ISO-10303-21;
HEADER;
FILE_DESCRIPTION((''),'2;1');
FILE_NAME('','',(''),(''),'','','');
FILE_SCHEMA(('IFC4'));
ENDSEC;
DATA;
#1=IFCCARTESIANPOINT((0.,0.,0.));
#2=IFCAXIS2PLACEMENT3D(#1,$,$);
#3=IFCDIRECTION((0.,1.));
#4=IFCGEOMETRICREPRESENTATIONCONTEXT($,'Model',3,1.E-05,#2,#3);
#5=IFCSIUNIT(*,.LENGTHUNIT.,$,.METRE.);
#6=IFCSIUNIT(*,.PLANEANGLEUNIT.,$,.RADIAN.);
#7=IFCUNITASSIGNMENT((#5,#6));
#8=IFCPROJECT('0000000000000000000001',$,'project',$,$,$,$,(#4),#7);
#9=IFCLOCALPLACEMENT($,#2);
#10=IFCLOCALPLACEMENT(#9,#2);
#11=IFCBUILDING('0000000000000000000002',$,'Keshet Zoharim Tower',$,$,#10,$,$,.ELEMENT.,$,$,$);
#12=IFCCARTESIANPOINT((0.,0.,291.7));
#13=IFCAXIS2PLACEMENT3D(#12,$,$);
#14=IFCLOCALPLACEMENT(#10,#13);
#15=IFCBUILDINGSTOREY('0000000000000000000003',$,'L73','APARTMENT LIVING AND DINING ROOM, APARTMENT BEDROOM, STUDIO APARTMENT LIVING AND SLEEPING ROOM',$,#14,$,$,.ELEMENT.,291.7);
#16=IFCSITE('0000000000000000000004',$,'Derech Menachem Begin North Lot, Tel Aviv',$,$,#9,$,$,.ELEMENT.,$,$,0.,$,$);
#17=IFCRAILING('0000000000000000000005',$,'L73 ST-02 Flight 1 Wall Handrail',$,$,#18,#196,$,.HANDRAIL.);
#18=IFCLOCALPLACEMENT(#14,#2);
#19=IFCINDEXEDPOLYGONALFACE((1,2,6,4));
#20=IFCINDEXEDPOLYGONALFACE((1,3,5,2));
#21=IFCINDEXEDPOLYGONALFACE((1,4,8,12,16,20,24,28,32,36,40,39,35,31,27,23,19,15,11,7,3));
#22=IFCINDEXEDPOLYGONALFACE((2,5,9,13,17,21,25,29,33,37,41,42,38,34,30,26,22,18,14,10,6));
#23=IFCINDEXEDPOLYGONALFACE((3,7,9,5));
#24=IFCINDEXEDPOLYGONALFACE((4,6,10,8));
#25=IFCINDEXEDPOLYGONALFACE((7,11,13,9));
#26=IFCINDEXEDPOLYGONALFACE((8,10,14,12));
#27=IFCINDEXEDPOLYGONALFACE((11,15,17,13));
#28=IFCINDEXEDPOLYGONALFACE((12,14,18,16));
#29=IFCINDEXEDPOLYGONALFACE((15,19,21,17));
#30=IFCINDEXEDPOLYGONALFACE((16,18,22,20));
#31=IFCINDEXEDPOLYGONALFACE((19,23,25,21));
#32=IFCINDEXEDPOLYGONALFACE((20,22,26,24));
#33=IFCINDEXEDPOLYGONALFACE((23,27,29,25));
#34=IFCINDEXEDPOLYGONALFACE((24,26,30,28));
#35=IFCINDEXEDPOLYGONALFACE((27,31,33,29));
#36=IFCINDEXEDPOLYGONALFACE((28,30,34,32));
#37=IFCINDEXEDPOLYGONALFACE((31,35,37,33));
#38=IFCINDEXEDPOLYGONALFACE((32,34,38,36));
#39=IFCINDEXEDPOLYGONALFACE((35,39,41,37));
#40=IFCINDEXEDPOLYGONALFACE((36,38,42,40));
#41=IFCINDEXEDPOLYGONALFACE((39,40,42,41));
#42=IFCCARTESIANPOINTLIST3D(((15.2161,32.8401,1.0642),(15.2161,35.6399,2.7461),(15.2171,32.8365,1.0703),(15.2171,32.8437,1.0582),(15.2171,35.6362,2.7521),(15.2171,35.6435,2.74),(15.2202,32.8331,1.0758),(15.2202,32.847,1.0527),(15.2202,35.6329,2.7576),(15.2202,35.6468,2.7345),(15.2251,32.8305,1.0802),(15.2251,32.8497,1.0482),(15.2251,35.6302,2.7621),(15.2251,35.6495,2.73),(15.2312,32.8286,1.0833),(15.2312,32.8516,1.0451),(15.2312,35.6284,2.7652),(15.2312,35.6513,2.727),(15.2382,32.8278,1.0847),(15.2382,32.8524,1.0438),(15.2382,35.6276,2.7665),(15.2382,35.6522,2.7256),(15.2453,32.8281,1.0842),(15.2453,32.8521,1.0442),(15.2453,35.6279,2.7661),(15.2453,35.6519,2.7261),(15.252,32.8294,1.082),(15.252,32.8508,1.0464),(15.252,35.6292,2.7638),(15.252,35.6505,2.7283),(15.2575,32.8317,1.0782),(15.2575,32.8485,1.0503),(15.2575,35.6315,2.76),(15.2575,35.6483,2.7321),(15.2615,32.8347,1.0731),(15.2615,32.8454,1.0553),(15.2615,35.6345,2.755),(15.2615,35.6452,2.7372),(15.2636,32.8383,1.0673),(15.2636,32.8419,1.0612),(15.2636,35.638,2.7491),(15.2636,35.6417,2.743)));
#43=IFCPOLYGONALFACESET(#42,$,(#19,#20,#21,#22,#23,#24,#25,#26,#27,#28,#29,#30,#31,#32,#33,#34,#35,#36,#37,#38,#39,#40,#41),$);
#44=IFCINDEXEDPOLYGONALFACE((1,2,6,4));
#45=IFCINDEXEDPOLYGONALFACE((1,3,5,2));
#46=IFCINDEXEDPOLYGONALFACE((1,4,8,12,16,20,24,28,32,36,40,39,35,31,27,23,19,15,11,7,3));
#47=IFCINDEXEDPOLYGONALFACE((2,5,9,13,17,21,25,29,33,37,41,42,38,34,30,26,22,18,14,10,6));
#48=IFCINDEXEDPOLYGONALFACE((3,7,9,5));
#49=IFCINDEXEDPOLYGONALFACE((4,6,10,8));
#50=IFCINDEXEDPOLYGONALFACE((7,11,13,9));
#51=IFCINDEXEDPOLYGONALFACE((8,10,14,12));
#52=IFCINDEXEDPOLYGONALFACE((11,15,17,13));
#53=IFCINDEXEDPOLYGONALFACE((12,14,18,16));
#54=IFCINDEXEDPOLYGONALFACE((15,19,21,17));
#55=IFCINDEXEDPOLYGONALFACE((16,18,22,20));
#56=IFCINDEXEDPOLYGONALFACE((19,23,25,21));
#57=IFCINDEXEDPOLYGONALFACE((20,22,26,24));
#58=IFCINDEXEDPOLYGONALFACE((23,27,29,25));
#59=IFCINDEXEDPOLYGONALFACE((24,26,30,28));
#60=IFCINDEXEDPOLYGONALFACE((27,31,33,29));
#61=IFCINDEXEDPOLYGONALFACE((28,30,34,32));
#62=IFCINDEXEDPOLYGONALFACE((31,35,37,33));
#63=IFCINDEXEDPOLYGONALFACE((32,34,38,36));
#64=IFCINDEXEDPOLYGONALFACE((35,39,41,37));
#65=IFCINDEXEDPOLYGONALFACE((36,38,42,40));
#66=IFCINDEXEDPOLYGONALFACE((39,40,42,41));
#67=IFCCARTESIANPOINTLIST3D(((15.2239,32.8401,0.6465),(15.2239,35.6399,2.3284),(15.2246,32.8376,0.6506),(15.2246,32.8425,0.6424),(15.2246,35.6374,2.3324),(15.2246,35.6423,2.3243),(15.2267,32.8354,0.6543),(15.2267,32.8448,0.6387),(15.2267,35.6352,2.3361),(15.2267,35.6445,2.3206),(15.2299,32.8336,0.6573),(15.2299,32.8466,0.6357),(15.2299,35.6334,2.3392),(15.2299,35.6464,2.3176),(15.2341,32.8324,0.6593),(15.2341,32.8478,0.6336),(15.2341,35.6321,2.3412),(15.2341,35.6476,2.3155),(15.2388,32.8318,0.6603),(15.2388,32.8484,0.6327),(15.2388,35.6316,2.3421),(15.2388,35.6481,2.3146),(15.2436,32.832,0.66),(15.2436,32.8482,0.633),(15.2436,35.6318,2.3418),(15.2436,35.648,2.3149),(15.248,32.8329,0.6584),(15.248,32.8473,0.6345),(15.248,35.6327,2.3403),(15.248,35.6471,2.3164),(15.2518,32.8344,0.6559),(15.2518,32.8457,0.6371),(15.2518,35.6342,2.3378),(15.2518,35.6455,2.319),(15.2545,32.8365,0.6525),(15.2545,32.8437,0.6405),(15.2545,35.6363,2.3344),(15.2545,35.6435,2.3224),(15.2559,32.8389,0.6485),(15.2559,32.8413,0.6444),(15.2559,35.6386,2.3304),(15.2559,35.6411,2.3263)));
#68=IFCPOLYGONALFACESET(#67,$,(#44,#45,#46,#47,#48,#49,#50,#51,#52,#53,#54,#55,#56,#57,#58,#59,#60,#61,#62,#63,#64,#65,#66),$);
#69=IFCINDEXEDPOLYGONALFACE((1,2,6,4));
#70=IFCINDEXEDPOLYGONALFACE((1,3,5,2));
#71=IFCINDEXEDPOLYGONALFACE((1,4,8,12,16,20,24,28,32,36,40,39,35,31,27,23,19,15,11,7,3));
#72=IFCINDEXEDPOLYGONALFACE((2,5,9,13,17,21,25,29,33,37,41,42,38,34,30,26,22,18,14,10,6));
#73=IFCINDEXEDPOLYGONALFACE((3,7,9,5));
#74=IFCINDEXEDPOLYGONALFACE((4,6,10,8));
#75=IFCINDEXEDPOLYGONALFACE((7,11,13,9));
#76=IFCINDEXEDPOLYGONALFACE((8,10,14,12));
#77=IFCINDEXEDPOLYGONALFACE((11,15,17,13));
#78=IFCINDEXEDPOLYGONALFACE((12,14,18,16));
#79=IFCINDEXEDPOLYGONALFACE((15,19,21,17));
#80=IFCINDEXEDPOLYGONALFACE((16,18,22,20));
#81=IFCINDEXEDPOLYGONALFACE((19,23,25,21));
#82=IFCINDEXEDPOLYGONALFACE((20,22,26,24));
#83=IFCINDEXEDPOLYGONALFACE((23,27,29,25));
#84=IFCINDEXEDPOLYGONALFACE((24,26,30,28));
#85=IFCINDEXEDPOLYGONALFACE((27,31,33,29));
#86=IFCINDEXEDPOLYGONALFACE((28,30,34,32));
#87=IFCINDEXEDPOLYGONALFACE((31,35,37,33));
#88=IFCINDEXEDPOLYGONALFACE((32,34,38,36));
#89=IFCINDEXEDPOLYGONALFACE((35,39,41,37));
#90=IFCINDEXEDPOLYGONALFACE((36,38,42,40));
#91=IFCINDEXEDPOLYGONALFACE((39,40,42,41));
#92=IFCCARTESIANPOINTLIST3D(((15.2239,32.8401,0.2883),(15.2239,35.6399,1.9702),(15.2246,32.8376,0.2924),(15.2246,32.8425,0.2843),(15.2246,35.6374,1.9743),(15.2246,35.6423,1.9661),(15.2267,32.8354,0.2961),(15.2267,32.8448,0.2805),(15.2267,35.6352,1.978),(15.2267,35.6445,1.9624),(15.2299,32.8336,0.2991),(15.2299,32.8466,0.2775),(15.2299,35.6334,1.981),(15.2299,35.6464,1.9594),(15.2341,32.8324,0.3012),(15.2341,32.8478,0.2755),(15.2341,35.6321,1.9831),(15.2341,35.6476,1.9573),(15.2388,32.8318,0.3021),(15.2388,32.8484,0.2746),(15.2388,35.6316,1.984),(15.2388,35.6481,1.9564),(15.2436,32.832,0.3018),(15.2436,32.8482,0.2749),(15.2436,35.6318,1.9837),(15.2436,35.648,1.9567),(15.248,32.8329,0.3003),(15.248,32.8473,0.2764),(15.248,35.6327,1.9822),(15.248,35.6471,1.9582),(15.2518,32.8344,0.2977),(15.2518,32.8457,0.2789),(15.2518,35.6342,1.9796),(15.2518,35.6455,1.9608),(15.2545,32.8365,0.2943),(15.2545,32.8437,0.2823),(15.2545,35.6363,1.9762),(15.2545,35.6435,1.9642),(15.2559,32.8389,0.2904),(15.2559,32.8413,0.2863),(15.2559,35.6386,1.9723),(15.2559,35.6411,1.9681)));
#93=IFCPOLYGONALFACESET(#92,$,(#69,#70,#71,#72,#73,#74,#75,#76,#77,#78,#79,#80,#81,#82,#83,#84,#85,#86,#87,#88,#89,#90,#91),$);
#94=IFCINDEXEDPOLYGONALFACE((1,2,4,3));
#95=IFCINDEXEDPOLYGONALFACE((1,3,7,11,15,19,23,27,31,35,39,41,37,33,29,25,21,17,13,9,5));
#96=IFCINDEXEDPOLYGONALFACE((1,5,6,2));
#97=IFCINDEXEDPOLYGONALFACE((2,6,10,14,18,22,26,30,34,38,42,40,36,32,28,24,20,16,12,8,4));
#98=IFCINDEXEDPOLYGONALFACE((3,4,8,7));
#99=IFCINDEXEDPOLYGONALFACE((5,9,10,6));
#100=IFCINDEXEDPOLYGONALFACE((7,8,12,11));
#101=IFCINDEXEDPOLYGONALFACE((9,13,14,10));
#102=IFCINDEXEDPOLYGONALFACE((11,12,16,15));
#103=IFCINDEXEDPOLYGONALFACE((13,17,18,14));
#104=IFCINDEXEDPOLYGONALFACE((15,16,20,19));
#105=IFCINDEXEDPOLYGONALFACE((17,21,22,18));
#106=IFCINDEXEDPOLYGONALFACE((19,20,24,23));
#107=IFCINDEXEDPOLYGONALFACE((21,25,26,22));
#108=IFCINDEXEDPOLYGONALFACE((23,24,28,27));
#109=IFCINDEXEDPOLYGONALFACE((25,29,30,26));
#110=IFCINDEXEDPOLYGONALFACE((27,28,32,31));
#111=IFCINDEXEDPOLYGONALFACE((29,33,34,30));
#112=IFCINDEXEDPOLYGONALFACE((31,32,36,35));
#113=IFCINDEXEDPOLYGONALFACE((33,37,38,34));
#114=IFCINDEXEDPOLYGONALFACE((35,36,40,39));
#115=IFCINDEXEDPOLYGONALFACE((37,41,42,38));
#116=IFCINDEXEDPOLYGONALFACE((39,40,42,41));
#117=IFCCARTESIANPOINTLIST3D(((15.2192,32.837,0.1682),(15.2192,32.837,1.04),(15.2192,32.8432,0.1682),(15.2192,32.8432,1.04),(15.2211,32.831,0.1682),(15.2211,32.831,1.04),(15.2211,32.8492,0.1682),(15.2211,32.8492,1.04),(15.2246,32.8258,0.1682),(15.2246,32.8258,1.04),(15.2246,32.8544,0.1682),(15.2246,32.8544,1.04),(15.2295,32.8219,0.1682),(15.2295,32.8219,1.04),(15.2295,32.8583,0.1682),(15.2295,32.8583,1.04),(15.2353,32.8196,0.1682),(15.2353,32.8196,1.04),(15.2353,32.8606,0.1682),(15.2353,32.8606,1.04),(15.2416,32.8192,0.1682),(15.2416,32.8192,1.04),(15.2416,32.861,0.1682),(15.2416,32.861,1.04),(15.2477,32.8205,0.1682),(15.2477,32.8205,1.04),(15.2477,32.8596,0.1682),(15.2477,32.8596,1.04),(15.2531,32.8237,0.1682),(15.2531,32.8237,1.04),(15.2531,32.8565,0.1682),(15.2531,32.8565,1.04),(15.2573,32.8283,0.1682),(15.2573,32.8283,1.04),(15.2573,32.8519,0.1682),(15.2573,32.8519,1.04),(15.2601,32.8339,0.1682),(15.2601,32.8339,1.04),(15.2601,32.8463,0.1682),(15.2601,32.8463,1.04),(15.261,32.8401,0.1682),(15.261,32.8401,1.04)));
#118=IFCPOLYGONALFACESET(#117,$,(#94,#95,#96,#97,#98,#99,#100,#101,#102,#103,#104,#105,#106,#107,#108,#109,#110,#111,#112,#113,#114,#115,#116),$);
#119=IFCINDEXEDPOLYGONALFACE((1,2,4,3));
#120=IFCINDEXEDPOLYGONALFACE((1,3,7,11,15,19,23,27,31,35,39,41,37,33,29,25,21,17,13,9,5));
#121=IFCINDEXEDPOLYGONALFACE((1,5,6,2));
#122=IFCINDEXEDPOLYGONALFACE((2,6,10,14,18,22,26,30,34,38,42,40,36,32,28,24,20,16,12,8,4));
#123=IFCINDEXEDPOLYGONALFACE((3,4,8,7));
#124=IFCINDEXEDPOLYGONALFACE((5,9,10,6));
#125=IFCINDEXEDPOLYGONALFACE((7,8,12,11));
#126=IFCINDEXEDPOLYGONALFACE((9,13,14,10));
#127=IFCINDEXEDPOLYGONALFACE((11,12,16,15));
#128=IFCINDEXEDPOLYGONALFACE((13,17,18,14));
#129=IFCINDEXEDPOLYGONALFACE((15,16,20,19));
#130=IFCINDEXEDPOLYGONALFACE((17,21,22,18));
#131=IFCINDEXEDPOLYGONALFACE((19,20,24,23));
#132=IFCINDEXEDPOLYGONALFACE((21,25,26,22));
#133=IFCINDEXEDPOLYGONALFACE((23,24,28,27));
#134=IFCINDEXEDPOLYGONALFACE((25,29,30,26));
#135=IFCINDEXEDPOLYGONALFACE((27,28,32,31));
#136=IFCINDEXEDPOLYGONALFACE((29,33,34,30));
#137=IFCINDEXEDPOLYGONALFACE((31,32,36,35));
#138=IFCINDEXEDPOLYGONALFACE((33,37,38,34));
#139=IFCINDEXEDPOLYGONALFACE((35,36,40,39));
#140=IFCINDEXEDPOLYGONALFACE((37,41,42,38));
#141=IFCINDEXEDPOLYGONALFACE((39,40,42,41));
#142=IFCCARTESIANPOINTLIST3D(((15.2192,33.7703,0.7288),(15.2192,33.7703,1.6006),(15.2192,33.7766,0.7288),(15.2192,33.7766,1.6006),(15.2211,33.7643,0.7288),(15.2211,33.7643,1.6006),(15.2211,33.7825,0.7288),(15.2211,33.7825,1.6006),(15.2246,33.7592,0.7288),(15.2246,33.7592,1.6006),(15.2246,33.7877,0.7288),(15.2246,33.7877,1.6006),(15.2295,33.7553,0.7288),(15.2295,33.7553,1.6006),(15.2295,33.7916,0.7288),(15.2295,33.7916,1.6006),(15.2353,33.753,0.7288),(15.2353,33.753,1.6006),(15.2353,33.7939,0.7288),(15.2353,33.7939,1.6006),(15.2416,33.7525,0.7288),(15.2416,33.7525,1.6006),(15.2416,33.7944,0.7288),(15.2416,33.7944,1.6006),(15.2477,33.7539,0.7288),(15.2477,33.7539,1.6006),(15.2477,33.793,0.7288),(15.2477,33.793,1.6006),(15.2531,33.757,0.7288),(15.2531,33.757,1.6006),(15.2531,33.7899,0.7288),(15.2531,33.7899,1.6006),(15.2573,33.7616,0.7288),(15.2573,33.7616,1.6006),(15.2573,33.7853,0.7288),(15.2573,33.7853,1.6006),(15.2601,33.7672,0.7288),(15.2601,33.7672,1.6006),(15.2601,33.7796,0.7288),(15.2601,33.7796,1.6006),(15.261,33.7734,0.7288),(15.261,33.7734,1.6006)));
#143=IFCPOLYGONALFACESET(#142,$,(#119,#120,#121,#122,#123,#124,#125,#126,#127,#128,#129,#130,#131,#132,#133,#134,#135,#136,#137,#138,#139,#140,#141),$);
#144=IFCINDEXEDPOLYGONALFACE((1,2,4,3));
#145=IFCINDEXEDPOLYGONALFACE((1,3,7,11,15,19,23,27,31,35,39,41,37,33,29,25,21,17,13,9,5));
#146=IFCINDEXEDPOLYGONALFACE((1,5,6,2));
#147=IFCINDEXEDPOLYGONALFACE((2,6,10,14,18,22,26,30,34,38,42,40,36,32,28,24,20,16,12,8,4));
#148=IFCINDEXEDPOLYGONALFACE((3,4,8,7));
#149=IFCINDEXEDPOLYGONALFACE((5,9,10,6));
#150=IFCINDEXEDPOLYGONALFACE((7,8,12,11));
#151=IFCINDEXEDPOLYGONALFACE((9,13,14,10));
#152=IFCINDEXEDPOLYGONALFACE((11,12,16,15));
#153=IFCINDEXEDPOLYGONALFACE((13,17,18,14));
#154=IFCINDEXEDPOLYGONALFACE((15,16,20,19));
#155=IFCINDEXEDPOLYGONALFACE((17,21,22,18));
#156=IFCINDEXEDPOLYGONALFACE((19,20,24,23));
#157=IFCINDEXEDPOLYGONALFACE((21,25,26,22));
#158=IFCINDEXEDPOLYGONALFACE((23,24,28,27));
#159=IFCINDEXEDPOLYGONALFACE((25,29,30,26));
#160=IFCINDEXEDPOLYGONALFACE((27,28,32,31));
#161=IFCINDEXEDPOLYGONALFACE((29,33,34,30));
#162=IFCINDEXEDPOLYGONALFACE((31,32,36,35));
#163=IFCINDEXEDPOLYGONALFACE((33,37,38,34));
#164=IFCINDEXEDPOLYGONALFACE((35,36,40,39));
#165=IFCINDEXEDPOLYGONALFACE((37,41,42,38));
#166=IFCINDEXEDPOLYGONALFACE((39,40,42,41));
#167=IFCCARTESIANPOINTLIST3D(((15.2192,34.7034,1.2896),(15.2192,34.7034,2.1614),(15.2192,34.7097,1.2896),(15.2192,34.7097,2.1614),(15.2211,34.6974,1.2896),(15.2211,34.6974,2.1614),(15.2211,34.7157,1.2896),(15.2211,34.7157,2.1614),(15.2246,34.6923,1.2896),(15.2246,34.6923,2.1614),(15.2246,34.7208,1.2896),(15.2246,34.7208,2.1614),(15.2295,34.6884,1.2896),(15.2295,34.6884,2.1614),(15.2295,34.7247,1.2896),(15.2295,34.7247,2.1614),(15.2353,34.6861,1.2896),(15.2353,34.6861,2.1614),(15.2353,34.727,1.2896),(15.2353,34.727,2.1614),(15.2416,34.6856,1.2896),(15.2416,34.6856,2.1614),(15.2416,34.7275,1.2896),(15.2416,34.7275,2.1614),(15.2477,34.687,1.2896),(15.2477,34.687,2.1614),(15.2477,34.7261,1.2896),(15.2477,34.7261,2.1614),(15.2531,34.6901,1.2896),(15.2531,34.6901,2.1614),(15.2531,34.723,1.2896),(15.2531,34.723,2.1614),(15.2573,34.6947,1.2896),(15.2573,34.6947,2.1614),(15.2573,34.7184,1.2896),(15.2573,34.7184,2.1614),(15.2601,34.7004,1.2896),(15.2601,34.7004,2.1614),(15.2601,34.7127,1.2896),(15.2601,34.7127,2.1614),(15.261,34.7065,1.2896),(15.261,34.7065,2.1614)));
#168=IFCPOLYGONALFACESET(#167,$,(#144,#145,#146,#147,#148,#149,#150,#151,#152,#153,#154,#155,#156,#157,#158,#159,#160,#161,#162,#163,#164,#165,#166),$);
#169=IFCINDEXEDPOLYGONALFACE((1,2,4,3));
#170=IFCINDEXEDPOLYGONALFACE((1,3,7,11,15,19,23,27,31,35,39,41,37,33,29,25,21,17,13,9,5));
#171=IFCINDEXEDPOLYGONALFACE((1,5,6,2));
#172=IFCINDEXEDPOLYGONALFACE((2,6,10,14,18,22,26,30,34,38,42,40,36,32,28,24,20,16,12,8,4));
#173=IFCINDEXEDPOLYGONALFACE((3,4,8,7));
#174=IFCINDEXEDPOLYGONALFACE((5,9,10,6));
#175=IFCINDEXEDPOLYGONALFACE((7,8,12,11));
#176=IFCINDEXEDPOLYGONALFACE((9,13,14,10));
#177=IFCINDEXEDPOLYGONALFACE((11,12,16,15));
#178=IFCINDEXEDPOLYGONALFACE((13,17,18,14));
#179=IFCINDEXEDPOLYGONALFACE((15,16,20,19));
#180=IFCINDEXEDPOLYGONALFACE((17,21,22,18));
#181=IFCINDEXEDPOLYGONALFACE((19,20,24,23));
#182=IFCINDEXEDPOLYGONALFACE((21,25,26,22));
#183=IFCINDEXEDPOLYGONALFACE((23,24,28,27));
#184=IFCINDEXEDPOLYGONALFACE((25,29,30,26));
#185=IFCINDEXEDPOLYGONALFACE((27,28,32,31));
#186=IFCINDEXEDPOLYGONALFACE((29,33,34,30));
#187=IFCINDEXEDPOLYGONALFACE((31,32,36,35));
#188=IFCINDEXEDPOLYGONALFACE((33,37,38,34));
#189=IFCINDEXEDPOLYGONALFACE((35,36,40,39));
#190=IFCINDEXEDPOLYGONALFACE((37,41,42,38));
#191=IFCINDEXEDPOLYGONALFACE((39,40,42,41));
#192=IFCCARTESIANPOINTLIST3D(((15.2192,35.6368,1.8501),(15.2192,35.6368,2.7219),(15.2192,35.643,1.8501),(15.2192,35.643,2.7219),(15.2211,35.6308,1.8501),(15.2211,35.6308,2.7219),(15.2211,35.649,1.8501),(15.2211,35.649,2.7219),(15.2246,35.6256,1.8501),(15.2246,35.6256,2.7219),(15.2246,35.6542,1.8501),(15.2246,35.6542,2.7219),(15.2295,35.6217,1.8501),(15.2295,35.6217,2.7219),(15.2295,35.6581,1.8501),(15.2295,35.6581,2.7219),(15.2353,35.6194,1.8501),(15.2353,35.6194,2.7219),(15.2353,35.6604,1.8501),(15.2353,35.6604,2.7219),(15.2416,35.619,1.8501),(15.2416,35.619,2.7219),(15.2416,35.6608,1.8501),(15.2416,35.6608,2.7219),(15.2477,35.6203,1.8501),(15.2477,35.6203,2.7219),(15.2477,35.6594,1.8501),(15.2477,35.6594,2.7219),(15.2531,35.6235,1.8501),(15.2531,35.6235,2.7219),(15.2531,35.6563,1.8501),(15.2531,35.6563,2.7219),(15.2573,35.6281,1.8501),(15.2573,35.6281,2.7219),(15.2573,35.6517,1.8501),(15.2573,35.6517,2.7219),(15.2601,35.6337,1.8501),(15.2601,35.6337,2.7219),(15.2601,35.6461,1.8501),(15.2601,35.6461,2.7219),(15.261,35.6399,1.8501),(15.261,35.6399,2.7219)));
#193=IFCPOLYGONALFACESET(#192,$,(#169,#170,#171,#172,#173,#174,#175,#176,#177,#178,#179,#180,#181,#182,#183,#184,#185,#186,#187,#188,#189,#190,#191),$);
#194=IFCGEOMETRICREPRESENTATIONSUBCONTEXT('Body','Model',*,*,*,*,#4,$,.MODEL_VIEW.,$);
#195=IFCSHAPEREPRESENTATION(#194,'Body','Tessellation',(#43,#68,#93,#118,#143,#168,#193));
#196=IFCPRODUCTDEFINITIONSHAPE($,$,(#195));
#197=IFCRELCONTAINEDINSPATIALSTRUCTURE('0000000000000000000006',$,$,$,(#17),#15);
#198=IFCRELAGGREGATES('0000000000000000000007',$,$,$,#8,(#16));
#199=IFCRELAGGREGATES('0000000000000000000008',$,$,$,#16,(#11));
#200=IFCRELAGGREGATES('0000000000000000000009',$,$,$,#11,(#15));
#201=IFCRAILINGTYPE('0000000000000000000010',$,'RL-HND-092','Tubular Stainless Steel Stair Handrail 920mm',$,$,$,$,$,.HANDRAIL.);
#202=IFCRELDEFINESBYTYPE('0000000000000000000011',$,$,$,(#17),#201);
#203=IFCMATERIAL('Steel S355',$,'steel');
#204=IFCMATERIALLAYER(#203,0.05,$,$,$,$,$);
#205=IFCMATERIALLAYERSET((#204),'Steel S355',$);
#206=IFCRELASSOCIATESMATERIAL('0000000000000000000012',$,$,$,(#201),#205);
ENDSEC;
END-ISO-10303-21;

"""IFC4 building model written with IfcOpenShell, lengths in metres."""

from ifc_helpers import new_model, si_unit, direction, frame, origin, origin_2d, place, context, subcontext, project, spatial, circle, extrude, material, layer, layer_set, type_object, element, save


model = new_model("IFC4")

# Units and contexts
model_context = context("Model", 3, precision=1e-05, world=origin(), true_north=direction((0.0, 1.0)))
body_context = subcontext(model_context, "Body", "Model", "MODEL_VIEW")
ifc_project = project(units=[si_unit("LENGTHUNIT", "METRE"), si_unit("PLANEANGLEUNIT", "RADIAN")], contexts=[model_context])

# Site, building, storey
site_placement = place(None, origin())
site = spatial("IfcSite", under=ifc_project, at=site_placement, Name="Derech Menachem Begin North Lot, Tel Aviv", CompositionType="ELEMENT", RefElevation=0.0)
building_placement = place(site_placement, origin())
building = spatial("IfcBuilding", under=site, at=building_placement, Name="Keshet Zoharim Tower", CompositionType="ELEMENT")
storey_placement = place(building_placement, frame((0.0, 0.0, 291.7)))
storey = spatial("IfcBuildingStorey", under=building, at=storey_placement, Name="L73", Description="APARTMENT LIVING AND DINING ROOM, APARTMENT BEDROOM, STUDIO APARTMENT LIVING AND SLEEPING ROOM", CompositionType="ELEMENT", Elevation=291.7)

# Shared definitions
ifc_material_1 = material(Name="Steel S355", Category="steel")

# Railing
ifc_layer_1 = layer(ifc_material_1, 0.05)
ifc_layer_set_1 = layer_set([ifc_layer_1], Name="Steel S355")
railing_type = type_object("IfcRailingType", Name="RL-HND-092", Description="Tubular Stainless Steel Stair Handrail 920mm", PredefinedType="HANDRAIL", material=ifc_layer_set_1)
railing_placement = place(storey_placement, frame((15.24, 32.8401, 0.1682)))
element("IfcRailing", 1, at=railing_placement, inside=storey, type_object=railing_type, Name="L73 ST-02 Flight 1 Wall Handrail", PredefinedType="HANDRAIL", context=body_context, shape_type="SweptSolid", body=[
    extrude(circle(Radius=0.0239, at=origin_2d()), frame((0.0, 0.0, 0.896), z_axis=(0.0, 0.857222, 0.514946), x_axis=(-1.0, 0.0, 0.0)), (0.0, 0.0, 1.0), 3.2661),
    extrude(circle(Radius=0.0161, at=origin_2d()), frame((0.0, 0.0, 0.4783), z_axis=(0.0, 0.857222, 0.514946), x_axis=(-1.0, 0.0, 0.0)), (0.0, 0.0, 1.0), 3.2661),
    extrude(circle(Radius=0.0161, at=origin_2d()), frame((0.0, 0.0, 0.1201), z_axis=(0.0, 0.857222, 0.514946), x_axis=(-1.0, 0.0, 0.0)), (0.0, 0.0, 1.0), 3.2661),
    extrude(circle(Radius=0.021, at=origin_2d()), origin(), (0.0, 0.0, 1.0), 0.8718),
    extrude(circle(Radius=0.021, at=origin_2d()), frame((0.0, 0.9333, 0.5605)), (0.0, 0.0, 1.0), 0.8718),
    extrude(circle(Radius=0.021, at=origin_2d()), frame((0.0, 1.8665, 1.1213)), (0.0, 0.0, 1.0), 0.8718),
    extrude(circle(Radius=0.021, at=origin_2d()), frame((0.0, 2.7998, 1.6819)), (0.0, 0.0, 1.0), 0.8718),
])

save(model, "model.ifc")
